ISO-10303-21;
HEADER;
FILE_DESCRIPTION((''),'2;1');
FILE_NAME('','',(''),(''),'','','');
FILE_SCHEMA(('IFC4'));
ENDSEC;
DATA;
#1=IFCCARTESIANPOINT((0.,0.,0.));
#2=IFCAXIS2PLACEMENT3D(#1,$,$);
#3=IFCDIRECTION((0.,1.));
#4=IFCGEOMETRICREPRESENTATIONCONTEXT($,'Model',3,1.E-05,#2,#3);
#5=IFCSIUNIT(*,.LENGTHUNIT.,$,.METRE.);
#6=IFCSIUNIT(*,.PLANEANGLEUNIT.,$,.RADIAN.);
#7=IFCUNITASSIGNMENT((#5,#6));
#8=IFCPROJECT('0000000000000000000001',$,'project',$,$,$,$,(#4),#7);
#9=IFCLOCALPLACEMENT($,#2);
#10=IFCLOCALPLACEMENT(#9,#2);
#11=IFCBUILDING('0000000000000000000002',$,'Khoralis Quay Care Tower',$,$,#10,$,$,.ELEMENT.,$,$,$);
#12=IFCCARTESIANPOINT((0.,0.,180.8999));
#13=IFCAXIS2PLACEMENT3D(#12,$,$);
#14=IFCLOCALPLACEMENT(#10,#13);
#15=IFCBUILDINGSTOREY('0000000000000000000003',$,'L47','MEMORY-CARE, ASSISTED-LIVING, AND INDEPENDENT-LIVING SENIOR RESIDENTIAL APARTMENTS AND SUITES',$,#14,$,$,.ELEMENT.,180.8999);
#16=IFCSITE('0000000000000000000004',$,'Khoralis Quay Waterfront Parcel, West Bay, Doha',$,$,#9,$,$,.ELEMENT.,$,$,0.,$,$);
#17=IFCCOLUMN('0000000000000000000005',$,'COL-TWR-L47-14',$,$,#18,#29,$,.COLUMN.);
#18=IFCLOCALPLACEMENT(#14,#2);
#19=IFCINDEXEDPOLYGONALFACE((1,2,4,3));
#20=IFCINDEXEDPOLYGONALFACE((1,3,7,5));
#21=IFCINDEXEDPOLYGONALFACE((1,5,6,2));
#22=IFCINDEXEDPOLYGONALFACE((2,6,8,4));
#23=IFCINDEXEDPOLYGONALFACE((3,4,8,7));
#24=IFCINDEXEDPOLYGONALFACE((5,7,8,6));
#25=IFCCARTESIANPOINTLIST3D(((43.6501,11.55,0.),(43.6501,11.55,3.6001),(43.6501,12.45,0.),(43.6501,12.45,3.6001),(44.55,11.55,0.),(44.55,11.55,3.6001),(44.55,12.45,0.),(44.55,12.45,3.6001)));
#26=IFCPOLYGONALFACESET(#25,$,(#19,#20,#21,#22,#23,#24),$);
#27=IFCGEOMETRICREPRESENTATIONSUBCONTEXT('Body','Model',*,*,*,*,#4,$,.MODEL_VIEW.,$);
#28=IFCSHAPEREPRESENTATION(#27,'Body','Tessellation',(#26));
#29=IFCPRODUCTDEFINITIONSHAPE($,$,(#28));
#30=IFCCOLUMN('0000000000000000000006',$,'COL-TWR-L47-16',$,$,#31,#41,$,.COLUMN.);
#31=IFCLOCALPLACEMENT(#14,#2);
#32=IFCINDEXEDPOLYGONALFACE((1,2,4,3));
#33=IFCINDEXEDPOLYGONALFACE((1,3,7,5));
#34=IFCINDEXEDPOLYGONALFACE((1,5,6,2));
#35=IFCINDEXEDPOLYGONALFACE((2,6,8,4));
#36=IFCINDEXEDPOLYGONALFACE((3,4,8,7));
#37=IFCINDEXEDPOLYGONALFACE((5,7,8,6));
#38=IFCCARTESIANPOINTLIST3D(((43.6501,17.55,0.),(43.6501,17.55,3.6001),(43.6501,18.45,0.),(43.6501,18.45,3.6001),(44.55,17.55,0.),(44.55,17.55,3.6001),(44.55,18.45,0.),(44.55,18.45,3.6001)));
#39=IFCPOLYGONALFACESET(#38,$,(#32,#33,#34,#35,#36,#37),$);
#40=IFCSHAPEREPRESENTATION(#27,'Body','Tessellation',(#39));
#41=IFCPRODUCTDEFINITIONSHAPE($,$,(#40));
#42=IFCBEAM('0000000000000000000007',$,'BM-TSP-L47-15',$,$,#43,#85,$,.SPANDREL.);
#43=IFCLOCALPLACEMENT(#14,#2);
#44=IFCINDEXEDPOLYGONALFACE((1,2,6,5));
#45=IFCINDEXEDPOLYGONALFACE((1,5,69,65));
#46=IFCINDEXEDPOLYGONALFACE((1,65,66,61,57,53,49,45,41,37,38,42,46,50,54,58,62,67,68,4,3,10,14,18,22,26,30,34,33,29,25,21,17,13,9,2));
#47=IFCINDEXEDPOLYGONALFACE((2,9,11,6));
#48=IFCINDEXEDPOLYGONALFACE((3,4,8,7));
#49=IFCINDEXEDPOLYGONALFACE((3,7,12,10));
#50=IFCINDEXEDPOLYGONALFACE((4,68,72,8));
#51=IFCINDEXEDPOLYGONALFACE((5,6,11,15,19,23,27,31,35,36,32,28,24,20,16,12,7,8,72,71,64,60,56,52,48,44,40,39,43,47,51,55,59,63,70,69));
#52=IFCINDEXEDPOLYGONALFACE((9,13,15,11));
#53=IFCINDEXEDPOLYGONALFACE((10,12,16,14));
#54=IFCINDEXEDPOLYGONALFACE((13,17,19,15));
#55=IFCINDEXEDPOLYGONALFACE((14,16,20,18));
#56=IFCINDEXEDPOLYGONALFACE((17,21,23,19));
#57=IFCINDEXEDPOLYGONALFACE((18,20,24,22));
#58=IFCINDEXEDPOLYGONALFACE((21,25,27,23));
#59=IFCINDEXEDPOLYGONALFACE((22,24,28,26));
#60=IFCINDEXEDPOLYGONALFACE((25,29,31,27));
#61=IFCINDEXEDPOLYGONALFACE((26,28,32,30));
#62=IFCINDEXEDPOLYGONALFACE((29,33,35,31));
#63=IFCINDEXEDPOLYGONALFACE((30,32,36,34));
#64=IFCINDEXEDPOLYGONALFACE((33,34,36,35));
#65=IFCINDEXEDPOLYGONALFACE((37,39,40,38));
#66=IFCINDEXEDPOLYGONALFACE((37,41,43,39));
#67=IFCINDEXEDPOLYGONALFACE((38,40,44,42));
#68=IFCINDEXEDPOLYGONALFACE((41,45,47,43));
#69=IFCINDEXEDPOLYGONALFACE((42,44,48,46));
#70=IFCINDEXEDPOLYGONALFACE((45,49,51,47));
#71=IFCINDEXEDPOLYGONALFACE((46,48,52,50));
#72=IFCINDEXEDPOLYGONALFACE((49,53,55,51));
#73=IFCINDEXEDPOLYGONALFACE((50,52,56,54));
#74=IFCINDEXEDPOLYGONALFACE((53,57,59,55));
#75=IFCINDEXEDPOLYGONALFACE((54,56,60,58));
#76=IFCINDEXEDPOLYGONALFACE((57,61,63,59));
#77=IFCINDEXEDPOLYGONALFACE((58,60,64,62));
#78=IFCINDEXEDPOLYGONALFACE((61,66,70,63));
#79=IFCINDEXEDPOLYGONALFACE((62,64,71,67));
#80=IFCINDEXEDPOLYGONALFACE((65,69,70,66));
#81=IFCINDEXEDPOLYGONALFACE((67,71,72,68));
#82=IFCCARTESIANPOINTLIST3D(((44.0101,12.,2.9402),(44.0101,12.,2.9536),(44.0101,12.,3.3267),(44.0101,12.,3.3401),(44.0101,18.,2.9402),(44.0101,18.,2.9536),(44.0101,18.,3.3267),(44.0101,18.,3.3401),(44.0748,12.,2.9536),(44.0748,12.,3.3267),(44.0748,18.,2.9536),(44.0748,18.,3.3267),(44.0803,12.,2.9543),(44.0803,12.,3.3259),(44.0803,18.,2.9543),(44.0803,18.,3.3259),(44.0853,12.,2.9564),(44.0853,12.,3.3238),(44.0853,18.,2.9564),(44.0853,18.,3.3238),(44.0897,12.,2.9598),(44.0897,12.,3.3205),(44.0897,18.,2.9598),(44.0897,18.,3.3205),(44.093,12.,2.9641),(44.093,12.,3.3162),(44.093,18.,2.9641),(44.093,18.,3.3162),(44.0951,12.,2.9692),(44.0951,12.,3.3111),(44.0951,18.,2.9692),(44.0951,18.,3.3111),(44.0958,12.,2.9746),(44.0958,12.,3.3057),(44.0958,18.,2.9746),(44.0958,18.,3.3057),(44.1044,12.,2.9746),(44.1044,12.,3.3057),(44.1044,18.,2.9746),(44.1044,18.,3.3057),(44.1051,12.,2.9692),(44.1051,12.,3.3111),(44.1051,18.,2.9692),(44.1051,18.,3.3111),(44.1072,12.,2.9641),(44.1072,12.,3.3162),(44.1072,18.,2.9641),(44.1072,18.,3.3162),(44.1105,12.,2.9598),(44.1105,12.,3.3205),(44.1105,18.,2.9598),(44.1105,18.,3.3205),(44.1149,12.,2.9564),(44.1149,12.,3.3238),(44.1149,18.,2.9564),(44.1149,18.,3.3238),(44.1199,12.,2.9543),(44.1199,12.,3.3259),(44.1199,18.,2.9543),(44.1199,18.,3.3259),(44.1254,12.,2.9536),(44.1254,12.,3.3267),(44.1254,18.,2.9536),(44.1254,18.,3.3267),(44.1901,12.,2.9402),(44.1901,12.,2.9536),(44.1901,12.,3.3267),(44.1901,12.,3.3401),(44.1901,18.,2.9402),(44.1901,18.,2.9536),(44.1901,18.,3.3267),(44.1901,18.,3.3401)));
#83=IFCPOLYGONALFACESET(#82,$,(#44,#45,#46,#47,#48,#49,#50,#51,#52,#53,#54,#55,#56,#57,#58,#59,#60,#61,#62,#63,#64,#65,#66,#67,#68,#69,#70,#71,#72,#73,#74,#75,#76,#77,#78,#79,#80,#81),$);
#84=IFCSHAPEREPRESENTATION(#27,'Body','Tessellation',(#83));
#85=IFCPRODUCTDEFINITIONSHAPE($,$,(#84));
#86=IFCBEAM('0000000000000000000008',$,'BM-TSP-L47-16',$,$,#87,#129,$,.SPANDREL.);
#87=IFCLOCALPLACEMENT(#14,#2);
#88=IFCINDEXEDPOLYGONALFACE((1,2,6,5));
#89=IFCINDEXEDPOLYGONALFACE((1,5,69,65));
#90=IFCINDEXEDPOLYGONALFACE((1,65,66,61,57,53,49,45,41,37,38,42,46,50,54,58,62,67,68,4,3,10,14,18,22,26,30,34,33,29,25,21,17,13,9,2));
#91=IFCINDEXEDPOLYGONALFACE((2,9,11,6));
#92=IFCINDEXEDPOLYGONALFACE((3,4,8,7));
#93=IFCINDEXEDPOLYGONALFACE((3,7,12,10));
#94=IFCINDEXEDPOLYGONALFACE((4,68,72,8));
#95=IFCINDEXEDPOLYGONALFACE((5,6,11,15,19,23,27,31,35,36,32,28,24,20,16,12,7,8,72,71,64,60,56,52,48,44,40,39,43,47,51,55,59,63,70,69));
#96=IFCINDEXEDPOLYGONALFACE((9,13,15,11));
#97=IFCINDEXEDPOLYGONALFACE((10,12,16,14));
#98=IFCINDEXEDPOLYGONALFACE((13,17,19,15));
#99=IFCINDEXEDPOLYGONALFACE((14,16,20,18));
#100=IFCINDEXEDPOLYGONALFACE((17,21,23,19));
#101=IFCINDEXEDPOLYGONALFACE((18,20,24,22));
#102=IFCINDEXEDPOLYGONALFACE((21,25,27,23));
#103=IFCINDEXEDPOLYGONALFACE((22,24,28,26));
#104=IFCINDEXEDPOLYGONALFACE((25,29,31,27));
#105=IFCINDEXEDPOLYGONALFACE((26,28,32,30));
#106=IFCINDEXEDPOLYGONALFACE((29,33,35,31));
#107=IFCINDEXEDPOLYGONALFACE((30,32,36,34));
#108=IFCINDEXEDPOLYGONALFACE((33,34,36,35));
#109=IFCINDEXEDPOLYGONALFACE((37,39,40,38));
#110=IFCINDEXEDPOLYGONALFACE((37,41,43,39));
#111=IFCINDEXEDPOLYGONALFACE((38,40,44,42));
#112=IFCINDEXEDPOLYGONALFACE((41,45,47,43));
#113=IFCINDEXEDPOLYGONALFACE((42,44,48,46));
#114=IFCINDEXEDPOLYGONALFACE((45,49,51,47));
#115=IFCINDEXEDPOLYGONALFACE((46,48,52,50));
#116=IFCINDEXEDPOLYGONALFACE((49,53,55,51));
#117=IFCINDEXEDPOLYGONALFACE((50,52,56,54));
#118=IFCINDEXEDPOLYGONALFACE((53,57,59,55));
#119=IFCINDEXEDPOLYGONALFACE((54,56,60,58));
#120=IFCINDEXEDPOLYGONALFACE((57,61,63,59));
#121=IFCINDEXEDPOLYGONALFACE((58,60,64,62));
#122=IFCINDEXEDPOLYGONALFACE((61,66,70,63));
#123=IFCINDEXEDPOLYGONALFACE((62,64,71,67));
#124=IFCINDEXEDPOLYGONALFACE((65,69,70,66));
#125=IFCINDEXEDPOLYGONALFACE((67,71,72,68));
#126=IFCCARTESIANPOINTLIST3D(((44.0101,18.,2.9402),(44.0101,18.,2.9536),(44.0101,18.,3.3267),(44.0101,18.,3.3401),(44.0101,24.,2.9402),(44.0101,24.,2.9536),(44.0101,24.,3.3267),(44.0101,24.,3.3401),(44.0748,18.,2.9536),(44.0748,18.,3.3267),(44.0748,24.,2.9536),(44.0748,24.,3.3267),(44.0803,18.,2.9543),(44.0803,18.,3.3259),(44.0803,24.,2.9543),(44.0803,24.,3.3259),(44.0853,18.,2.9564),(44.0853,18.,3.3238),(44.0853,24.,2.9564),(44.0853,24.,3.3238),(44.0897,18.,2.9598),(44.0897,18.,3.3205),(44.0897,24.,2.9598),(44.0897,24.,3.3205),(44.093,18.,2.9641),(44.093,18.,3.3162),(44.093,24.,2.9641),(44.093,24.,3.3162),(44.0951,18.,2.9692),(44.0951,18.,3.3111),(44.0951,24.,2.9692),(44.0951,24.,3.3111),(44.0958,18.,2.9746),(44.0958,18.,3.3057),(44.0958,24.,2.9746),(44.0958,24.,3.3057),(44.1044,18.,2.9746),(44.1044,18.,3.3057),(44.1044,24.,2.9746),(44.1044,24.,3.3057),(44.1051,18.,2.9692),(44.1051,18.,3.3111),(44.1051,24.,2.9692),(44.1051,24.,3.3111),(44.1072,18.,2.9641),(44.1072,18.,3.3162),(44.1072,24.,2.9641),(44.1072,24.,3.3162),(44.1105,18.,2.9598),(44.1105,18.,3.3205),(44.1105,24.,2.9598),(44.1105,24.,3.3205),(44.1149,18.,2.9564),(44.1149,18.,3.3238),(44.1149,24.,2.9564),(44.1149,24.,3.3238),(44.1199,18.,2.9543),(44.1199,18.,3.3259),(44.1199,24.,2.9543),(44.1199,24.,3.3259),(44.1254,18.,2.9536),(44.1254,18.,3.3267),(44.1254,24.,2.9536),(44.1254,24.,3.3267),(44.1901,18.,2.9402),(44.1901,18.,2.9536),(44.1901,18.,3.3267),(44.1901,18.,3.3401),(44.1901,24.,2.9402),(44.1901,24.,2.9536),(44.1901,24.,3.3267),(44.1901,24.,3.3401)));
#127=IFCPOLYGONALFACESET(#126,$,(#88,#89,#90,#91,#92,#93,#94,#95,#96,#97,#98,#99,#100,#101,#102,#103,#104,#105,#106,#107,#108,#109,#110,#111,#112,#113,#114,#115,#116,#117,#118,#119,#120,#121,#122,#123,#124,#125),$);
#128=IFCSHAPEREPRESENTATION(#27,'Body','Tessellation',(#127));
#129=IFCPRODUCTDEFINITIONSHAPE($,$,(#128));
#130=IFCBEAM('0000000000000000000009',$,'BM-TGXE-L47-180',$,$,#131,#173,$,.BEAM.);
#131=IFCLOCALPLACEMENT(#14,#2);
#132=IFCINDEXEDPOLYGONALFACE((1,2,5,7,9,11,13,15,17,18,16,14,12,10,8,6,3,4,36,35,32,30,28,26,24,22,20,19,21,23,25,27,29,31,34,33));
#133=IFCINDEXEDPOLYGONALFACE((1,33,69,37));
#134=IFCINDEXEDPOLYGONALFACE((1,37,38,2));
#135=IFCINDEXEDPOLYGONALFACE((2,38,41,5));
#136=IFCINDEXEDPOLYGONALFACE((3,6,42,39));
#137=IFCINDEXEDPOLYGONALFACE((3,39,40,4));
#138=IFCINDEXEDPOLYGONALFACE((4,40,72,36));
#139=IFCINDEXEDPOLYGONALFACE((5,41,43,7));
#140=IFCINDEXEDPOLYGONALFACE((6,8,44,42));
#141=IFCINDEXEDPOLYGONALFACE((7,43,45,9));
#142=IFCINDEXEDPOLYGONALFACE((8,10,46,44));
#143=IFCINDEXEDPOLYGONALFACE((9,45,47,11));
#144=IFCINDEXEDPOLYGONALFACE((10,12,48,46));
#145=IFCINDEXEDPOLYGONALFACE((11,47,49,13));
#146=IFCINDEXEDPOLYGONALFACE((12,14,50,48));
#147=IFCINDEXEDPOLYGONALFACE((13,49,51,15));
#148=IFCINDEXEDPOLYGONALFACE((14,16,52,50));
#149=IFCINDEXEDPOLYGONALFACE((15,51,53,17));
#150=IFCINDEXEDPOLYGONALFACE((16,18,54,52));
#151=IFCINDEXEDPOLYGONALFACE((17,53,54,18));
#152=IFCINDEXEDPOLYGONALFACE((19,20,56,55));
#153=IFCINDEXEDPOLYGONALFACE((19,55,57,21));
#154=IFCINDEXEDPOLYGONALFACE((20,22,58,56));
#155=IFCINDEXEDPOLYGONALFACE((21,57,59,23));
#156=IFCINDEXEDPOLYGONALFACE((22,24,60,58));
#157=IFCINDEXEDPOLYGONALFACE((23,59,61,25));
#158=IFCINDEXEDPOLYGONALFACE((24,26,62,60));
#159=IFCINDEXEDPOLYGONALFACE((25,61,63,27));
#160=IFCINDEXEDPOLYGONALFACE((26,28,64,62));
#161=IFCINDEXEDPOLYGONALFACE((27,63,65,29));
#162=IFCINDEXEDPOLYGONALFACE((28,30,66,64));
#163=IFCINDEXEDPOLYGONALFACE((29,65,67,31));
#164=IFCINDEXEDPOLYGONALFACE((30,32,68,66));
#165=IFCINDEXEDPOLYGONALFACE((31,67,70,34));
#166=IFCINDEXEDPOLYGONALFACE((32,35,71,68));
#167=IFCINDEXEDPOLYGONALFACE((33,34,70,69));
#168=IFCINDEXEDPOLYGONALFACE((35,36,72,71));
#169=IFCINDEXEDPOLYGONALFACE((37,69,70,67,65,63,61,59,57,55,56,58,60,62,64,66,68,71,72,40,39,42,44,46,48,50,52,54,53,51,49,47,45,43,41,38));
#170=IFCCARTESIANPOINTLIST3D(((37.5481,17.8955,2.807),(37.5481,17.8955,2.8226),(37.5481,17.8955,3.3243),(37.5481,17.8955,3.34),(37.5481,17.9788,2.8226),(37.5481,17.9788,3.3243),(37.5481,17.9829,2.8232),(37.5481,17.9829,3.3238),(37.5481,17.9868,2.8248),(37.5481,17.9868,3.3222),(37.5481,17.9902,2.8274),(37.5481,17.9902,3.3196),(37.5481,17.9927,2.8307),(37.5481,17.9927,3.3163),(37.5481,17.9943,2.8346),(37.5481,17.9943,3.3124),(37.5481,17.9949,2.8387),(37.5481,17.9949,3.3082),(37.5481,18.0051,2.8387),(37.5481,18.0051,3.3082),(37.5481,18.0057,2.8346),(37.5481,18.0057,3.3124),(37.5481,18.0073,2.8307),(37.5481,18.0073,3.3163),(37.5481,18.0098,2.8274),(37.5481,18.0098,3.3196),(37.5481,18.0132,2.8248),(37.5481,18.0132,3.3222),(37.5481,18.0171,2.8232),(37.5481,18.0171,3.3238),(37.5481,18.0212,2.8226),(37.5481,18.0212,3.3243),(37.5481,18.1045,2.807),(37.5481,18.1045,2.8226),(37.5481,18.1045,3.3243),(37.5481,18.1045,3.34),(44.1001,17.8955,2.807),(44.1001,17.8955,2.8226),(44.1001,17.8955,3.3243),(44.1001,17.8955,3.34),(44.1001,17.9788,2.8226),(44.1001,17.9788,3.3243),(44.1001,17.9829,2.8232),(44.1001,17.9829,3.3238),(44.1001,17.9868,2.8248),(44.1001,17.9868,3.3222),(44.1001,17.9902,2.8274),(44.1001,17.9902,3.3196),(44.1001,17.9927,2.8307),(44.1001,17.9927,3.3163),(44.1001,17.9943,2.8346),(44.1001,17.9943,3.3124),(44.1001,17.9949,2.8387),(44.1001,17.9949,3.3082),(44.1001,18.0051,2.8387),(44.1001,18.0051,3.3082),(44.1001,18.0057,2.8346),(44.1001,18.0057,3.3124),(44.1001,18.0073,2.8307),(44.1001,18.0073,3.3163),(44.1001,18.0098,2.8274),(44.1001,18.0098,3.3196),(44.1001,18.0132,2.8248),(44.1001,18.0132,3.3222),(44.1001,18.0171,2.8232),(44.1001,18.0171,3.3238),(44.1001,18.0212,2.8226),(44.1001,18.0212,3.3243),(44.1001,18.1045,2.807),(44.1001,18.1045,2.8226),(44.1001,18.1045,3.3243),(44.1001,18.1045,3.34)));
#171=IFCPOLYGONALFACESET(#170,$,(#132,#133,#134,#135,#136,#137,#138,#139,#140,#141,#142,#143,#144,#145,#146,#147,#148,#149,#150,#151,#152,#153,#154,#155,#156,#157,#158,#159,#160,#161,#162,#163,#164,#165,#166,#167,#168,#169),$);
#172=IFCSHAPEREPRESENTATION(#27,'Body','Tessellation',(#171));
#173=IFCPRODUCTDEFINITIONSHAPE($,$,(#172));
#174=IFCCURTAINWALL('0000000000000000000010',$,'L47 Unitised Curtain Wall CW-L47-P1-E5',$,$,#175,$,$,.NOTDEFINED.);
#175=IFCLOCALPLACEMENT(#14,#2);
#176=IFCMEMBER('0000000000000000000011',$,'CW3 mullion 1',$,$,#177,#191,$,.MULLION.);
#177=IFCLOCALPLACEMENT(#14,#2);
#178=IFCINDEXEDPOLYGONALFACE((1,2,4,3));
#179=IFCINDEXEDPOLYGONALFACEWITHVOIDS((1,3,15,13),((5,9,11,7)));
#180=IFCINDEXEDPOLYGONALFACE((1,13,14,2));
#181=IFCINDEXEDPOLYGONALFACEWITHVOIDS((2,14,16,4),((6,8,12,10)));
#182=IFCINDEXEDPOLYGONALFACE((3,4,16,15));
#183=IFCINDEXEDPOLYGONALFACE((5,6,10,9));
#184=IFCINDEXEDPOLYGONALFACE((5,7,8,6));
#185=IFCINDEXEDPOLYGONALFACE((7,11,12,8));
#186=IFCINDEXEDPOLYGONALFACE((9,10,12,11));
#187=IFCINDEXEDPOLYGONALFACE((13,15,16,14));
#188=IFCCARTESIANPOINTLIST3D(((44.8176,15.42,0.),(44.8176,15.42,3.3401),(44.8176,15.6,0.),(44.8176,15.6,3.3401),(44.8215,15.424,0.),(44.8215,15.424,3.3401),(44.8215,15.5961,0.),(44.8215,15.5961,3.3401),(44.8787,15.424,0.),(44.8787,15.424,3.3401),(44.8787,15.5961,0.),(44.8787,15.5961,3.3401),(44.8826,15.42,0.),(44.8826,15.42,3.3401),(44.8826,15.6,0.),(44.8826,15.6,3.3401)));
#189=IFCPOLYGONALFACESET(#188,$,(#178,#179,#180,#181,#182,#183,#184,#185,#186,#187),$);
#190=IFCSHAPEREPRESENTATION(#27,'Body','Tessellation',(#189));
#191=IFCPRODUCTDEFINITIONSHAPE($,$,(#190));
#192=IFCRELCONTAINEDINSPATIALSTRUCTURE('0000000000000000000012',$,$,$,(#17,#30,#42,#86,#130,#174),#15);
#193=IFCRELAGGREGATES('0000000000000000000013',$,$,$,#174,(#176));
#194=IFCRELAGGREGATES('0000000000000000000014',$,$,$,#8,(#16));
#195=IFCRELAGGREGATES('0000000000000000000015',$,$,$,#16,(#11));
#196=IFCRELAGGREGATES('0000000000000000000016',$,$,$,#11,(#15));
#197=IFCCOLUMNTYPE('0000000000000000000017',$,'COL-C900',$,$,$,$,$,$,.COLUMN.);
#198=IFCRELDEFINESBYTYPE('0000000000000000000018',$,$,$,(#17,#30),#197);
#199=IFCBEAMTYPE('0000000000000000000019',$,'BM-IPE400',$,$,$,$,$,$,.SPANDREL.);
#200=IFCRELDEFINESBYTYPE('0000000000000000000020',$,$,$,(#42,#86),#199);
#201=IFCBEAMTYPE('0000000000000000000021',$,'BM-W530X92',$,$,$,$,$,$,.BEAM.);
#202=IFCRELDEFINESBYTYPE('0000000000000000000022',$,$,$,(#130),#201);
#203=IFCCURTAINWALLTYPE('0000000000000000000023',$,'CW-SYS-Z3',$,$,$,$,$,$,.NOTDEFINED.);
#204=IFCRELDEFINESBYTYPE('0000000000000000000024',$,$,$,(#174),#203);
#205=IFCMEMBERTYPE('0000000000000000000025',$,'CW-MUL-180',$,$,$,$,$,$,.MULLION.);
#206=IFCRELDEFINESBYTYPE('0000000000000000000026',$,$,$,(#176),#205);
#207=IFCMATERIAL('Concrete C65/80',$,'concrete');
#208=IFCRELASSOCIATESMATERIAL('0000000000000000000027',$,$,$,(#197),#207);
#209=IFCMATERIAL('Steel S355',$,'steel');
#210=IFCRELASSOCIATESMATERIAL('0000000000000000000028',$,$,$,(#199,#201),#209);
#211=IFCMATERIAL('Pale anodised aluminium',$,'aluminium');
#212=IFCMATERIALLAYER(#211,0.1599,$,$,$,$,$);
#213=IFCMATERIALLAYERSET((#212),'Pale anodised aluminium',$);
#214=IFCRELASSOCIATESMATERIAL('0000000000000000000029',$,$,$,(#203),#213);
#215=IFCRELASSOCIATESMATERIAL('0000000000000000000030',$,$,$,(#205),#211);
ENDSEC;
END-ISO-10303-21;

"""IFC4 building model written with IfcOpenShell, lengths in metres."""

from ifc_helpers import new_model, si_unit, direction, frame, origin, origin_2d, place, context, subcontext, project, spatial, rectangle, hollow_rectangle, i_section, extrude, source, transform, mapped, material, layer, layer_set, material_profile, profile_set, type_object, element, aggregate, save


model = new_model("IFC4")

# Units and contexts
model_context = context("Model", 3, precision=1e-05, world=origin(), true_north=direction((0.0, 1.0)))
body_context = subcontext(model_context, "Body", "Model", "MODEL_VIEW")
ifc_project = project(units=[si_unit("LENGTHUNIT", "METRE"), si_unit("PLANEANGLEUNIT", "RADIAN")], contexts=[model_context])

# Site, building, storey
site_placement = place(None, origin())
site = spatial("IfcSite", under=ifc_project, at=site_placement, Name="Khoralis Quay Waterfront Parcel, West Bay, Doha", CompositionType="ELEMENT", RefElevation=0.0)
building_placement = place(site_placement, origin())
building = spatial("IfcBuilding", under=site, at=building_placement, Name="Khoralis Quay Care Tower", CompositionType="ELEMENT")
storey_placement = place(building_placement, frame((0.0, 0.0, 180.8999)))
storey = spatial("IfcBuildingStorey", under=building, at=storey_placement, Name="L47", Description="MEMORY-CARE, ASSISTED-LIVING, AND INDEPENDENT-LIVING SENIOR RESIDENTIAL APARTMENTS AND SUITES", CompositionType="ELEMENT", Elevation=180.8999)

# Columns
ifc_material_1 = material(Name="Concrete C65/80", Category="concrete")
ifc_material_profile_1 = material_profile(ifc_material_1, rectangle(XDim=0.8999, YDim=0.8999, at=origin_2d()), Name="Concrete C65/80")
ifc_profile_set_1 = profile_set([ifc_material_profile_1], Name="Concrete C65/80")
column_type = type_object("IfcColumnType", Name="COL-C900", PredefinedType="COLUMN", material=ifc_profile_set_1)
shared_shape_1 = source(origin(), body_context, "Body", "SweptSolid", [
    extrude(rectangle(XDim=0.8999, YDim=0.8999, at=origin_2d()), origin(), (0.0, 0.0, 1.0), 3.6001),
])
for number, where, z_axis, x_axis, name in (
    (1, (44.1001, 12.0, 0.0), (0.0, 0.0, 1.0), (1.0, 0.0, 0.0), "COL-TWR-L47-14"),
    (2, (44.1001, 18.0, 0.0), (0.0, 0.0, 1.0), (1.0, 0.0, 0.0), "COL-TWR-L47-16"),
):
    element("IfcColumn", number, at=place(storey_placement, frame(where, z_axis=z_axis, x_axis=x_axis)), inside=storey, type_object=column_type, Name=name, PredefinedType="COLUMN", context=body_context, shape_type="MappedRepresentation", body=[
        mapped(shared_shape_1, transform((0.0, 0.0, 0.0), scale=1.0)),
    ])

# Beams
ifc_material_2 = material(Name="Steel S355", Category="steel")
ifc_material_profile_2 = material_profile(ifc_material_2, i_section(OverallWidth=0.1799, OverallDepth=0.3999, WebThickness=0.0085, FlangeThickness=0.0134, FilletRadius=0.021, at=origin_2d()), Name="Steel S355")
ifc_profile_set_2 = profile_set([ifc_material_profile_2], Name="Steel S355")
beam_type_1 = type_object("IfcBeamType", Name="BM-IPE400", PredefinedType="SPANDREL", material=ifc_profile_set_2)
shared_shape_2 = source(origin(), body_context, "Body", "SweptSolid", [
    extrude(i_section(OverallWidth=0.1799, OverallDepth=0.3999, WebThickness=0.0085, FlangeThickness=0.0134, FilletRadius=0.021, at=origin_2d()), origin(), (0.0, 0.0, 1.0), 6.0),
])
for number, where, z_axis, x_axis, name in (
    (3, (44.1001, 12.0, 3.1401), (0.0, 1.0, 0.0), (-1.0, 0.0, 0.0), "BM-TSP-L47-15"),
    (4, (44.1001, 18.0, 3.1401), (0.0, 1.0, 0.0), (-1.0, 0.0, 0.0), "BM-TSP-L47-16"),
):
    element("IfcBeam", number, at=place(storey_placement, frame(where, z_axis=z_axis, x_axis=x_axis)), inside=storey, type_object=beam_type_1, Name=name, PredefinedType="SPANDREL", context=body_context, shape_type="MappedRepresentation", body=[
        mapped(shared_shape_2, transform((0.0, 0.0, 0.0), scale=1.0)),
    ])
ifc_material_profile_3 = material_profile(ifc_material_2, i_section(OverallWidth=0.209, OverallDepth=0.533, WebThickness=0.0103, FlangeThickness=0.0156, FilletRadius=0.0161, at=origin_2d()), Name="Steel S355")
ifc_profile_set_3 = profile_set([ifc_material_profile_3], Name="Steel S355")
beam_type_2 = type_object("IfcBeamType", Name="BM-W530X92", PredefinedType="BEAM", material=ifc_profile_set_3)
shared_shape_3 = source(origin(), body_context, "Body", "SweptSolid", [
    extrude(i_section(OverallWidth=0.209, OverallDepth=0.533, WebThickness=0.0103, FlangeThickness=0.0156, FilletRadius=0.0161, at=origin_2d()), origin(), (0.0, 0.0, 1.0), 6.552),
])
beam_placement = place(storey_placement, frame((37.5481, 18.0, 3.0735), z_axis=(1.0, 0.0, 0.0), x_axis=(0.0, 1.0, 0.0)))
element("IfcBeam", 5, at=beam_placement, inside=storey, type_object=beam_type_2, Name="BM-TGXE-L47-180", PredefinedType="BEAM", context=body_context, shape_type="MappedRepresentation", body=[
    mapped(shared_shape_3, transform((0.0, 0.0, 0.0), scale=1.0)),
])

# Curtain wall, member
ifc_material_3 = material(Name="Pale anodised aluminium", Category="aluminium")
ifc_layer_1 = layer(ifc_material_3, 0.1599)
ifc_layer_set_1 = layer_set([ifc_layer_1], Name="Pale anodised aluminium")
curtain_wall_type = type_object("IfcCurtainWallType", Name="CW-SYS-Z3", PredefinedType="NOTDEFINED", material=ifc_layer_set_1)
curtain_wall_placement = place(storey_placement, origin())
curtain_wall = element("IfcCurtainWall", 6, at=curtain_wall_placement, inside=storey, type_object=curtain_wall_type, Name="L47 Unitised Curtain Wall CW-L47-P1-E5", PredefinedType="NOTDEFINED")
ifc_material_profile_4 = material_profile(ifc_material_3, hollow_rectangle(XDim=0.0649, YDim=0.1799, WallThickness=0.0039, at=origin_2d()), Name="Pale anodised aluminium")
ifc_profile_set_4 = profile_set([ifc_material_profile_4], Name="Pale anodised aluminium")
member_type_1 = type_object("IfcMemberType", Name="CW-MUL-180", PredefinedType="MULLION", material=ifc_profile_set_4)
shared_shape_4 = source(origin(), body_context, "Body", "SweptSolid", [
    extrude(hollow_rectangle(XDim=0.0649, YDim=0.1799, WallThickness=0.0039, at=origin_2d()), origin(), (0.0, 0.0, 1.0), 3.3401),
])
member_1_placement = place(storey_placement, frame((44.8501, 15.51, 0.0), z_axis=(0.0, 0.0, 1.0), x_axis=(-1.0, 0.0, 0.0)))
member_1 = element("IfcMember", 7, at=member_1_placement, type_object=member_type_1, Name="CW3 mullion 1", PredefinedType="MULLION", context=body_context, shape_type="MappedRepresentation", body=[
    mapped(shared_shape_4, transform((0.0, 0.0, 0.0), scale=1.0)),
])
aggregate(curtain_wall, [member_1])

save(model, "model.ifc")
